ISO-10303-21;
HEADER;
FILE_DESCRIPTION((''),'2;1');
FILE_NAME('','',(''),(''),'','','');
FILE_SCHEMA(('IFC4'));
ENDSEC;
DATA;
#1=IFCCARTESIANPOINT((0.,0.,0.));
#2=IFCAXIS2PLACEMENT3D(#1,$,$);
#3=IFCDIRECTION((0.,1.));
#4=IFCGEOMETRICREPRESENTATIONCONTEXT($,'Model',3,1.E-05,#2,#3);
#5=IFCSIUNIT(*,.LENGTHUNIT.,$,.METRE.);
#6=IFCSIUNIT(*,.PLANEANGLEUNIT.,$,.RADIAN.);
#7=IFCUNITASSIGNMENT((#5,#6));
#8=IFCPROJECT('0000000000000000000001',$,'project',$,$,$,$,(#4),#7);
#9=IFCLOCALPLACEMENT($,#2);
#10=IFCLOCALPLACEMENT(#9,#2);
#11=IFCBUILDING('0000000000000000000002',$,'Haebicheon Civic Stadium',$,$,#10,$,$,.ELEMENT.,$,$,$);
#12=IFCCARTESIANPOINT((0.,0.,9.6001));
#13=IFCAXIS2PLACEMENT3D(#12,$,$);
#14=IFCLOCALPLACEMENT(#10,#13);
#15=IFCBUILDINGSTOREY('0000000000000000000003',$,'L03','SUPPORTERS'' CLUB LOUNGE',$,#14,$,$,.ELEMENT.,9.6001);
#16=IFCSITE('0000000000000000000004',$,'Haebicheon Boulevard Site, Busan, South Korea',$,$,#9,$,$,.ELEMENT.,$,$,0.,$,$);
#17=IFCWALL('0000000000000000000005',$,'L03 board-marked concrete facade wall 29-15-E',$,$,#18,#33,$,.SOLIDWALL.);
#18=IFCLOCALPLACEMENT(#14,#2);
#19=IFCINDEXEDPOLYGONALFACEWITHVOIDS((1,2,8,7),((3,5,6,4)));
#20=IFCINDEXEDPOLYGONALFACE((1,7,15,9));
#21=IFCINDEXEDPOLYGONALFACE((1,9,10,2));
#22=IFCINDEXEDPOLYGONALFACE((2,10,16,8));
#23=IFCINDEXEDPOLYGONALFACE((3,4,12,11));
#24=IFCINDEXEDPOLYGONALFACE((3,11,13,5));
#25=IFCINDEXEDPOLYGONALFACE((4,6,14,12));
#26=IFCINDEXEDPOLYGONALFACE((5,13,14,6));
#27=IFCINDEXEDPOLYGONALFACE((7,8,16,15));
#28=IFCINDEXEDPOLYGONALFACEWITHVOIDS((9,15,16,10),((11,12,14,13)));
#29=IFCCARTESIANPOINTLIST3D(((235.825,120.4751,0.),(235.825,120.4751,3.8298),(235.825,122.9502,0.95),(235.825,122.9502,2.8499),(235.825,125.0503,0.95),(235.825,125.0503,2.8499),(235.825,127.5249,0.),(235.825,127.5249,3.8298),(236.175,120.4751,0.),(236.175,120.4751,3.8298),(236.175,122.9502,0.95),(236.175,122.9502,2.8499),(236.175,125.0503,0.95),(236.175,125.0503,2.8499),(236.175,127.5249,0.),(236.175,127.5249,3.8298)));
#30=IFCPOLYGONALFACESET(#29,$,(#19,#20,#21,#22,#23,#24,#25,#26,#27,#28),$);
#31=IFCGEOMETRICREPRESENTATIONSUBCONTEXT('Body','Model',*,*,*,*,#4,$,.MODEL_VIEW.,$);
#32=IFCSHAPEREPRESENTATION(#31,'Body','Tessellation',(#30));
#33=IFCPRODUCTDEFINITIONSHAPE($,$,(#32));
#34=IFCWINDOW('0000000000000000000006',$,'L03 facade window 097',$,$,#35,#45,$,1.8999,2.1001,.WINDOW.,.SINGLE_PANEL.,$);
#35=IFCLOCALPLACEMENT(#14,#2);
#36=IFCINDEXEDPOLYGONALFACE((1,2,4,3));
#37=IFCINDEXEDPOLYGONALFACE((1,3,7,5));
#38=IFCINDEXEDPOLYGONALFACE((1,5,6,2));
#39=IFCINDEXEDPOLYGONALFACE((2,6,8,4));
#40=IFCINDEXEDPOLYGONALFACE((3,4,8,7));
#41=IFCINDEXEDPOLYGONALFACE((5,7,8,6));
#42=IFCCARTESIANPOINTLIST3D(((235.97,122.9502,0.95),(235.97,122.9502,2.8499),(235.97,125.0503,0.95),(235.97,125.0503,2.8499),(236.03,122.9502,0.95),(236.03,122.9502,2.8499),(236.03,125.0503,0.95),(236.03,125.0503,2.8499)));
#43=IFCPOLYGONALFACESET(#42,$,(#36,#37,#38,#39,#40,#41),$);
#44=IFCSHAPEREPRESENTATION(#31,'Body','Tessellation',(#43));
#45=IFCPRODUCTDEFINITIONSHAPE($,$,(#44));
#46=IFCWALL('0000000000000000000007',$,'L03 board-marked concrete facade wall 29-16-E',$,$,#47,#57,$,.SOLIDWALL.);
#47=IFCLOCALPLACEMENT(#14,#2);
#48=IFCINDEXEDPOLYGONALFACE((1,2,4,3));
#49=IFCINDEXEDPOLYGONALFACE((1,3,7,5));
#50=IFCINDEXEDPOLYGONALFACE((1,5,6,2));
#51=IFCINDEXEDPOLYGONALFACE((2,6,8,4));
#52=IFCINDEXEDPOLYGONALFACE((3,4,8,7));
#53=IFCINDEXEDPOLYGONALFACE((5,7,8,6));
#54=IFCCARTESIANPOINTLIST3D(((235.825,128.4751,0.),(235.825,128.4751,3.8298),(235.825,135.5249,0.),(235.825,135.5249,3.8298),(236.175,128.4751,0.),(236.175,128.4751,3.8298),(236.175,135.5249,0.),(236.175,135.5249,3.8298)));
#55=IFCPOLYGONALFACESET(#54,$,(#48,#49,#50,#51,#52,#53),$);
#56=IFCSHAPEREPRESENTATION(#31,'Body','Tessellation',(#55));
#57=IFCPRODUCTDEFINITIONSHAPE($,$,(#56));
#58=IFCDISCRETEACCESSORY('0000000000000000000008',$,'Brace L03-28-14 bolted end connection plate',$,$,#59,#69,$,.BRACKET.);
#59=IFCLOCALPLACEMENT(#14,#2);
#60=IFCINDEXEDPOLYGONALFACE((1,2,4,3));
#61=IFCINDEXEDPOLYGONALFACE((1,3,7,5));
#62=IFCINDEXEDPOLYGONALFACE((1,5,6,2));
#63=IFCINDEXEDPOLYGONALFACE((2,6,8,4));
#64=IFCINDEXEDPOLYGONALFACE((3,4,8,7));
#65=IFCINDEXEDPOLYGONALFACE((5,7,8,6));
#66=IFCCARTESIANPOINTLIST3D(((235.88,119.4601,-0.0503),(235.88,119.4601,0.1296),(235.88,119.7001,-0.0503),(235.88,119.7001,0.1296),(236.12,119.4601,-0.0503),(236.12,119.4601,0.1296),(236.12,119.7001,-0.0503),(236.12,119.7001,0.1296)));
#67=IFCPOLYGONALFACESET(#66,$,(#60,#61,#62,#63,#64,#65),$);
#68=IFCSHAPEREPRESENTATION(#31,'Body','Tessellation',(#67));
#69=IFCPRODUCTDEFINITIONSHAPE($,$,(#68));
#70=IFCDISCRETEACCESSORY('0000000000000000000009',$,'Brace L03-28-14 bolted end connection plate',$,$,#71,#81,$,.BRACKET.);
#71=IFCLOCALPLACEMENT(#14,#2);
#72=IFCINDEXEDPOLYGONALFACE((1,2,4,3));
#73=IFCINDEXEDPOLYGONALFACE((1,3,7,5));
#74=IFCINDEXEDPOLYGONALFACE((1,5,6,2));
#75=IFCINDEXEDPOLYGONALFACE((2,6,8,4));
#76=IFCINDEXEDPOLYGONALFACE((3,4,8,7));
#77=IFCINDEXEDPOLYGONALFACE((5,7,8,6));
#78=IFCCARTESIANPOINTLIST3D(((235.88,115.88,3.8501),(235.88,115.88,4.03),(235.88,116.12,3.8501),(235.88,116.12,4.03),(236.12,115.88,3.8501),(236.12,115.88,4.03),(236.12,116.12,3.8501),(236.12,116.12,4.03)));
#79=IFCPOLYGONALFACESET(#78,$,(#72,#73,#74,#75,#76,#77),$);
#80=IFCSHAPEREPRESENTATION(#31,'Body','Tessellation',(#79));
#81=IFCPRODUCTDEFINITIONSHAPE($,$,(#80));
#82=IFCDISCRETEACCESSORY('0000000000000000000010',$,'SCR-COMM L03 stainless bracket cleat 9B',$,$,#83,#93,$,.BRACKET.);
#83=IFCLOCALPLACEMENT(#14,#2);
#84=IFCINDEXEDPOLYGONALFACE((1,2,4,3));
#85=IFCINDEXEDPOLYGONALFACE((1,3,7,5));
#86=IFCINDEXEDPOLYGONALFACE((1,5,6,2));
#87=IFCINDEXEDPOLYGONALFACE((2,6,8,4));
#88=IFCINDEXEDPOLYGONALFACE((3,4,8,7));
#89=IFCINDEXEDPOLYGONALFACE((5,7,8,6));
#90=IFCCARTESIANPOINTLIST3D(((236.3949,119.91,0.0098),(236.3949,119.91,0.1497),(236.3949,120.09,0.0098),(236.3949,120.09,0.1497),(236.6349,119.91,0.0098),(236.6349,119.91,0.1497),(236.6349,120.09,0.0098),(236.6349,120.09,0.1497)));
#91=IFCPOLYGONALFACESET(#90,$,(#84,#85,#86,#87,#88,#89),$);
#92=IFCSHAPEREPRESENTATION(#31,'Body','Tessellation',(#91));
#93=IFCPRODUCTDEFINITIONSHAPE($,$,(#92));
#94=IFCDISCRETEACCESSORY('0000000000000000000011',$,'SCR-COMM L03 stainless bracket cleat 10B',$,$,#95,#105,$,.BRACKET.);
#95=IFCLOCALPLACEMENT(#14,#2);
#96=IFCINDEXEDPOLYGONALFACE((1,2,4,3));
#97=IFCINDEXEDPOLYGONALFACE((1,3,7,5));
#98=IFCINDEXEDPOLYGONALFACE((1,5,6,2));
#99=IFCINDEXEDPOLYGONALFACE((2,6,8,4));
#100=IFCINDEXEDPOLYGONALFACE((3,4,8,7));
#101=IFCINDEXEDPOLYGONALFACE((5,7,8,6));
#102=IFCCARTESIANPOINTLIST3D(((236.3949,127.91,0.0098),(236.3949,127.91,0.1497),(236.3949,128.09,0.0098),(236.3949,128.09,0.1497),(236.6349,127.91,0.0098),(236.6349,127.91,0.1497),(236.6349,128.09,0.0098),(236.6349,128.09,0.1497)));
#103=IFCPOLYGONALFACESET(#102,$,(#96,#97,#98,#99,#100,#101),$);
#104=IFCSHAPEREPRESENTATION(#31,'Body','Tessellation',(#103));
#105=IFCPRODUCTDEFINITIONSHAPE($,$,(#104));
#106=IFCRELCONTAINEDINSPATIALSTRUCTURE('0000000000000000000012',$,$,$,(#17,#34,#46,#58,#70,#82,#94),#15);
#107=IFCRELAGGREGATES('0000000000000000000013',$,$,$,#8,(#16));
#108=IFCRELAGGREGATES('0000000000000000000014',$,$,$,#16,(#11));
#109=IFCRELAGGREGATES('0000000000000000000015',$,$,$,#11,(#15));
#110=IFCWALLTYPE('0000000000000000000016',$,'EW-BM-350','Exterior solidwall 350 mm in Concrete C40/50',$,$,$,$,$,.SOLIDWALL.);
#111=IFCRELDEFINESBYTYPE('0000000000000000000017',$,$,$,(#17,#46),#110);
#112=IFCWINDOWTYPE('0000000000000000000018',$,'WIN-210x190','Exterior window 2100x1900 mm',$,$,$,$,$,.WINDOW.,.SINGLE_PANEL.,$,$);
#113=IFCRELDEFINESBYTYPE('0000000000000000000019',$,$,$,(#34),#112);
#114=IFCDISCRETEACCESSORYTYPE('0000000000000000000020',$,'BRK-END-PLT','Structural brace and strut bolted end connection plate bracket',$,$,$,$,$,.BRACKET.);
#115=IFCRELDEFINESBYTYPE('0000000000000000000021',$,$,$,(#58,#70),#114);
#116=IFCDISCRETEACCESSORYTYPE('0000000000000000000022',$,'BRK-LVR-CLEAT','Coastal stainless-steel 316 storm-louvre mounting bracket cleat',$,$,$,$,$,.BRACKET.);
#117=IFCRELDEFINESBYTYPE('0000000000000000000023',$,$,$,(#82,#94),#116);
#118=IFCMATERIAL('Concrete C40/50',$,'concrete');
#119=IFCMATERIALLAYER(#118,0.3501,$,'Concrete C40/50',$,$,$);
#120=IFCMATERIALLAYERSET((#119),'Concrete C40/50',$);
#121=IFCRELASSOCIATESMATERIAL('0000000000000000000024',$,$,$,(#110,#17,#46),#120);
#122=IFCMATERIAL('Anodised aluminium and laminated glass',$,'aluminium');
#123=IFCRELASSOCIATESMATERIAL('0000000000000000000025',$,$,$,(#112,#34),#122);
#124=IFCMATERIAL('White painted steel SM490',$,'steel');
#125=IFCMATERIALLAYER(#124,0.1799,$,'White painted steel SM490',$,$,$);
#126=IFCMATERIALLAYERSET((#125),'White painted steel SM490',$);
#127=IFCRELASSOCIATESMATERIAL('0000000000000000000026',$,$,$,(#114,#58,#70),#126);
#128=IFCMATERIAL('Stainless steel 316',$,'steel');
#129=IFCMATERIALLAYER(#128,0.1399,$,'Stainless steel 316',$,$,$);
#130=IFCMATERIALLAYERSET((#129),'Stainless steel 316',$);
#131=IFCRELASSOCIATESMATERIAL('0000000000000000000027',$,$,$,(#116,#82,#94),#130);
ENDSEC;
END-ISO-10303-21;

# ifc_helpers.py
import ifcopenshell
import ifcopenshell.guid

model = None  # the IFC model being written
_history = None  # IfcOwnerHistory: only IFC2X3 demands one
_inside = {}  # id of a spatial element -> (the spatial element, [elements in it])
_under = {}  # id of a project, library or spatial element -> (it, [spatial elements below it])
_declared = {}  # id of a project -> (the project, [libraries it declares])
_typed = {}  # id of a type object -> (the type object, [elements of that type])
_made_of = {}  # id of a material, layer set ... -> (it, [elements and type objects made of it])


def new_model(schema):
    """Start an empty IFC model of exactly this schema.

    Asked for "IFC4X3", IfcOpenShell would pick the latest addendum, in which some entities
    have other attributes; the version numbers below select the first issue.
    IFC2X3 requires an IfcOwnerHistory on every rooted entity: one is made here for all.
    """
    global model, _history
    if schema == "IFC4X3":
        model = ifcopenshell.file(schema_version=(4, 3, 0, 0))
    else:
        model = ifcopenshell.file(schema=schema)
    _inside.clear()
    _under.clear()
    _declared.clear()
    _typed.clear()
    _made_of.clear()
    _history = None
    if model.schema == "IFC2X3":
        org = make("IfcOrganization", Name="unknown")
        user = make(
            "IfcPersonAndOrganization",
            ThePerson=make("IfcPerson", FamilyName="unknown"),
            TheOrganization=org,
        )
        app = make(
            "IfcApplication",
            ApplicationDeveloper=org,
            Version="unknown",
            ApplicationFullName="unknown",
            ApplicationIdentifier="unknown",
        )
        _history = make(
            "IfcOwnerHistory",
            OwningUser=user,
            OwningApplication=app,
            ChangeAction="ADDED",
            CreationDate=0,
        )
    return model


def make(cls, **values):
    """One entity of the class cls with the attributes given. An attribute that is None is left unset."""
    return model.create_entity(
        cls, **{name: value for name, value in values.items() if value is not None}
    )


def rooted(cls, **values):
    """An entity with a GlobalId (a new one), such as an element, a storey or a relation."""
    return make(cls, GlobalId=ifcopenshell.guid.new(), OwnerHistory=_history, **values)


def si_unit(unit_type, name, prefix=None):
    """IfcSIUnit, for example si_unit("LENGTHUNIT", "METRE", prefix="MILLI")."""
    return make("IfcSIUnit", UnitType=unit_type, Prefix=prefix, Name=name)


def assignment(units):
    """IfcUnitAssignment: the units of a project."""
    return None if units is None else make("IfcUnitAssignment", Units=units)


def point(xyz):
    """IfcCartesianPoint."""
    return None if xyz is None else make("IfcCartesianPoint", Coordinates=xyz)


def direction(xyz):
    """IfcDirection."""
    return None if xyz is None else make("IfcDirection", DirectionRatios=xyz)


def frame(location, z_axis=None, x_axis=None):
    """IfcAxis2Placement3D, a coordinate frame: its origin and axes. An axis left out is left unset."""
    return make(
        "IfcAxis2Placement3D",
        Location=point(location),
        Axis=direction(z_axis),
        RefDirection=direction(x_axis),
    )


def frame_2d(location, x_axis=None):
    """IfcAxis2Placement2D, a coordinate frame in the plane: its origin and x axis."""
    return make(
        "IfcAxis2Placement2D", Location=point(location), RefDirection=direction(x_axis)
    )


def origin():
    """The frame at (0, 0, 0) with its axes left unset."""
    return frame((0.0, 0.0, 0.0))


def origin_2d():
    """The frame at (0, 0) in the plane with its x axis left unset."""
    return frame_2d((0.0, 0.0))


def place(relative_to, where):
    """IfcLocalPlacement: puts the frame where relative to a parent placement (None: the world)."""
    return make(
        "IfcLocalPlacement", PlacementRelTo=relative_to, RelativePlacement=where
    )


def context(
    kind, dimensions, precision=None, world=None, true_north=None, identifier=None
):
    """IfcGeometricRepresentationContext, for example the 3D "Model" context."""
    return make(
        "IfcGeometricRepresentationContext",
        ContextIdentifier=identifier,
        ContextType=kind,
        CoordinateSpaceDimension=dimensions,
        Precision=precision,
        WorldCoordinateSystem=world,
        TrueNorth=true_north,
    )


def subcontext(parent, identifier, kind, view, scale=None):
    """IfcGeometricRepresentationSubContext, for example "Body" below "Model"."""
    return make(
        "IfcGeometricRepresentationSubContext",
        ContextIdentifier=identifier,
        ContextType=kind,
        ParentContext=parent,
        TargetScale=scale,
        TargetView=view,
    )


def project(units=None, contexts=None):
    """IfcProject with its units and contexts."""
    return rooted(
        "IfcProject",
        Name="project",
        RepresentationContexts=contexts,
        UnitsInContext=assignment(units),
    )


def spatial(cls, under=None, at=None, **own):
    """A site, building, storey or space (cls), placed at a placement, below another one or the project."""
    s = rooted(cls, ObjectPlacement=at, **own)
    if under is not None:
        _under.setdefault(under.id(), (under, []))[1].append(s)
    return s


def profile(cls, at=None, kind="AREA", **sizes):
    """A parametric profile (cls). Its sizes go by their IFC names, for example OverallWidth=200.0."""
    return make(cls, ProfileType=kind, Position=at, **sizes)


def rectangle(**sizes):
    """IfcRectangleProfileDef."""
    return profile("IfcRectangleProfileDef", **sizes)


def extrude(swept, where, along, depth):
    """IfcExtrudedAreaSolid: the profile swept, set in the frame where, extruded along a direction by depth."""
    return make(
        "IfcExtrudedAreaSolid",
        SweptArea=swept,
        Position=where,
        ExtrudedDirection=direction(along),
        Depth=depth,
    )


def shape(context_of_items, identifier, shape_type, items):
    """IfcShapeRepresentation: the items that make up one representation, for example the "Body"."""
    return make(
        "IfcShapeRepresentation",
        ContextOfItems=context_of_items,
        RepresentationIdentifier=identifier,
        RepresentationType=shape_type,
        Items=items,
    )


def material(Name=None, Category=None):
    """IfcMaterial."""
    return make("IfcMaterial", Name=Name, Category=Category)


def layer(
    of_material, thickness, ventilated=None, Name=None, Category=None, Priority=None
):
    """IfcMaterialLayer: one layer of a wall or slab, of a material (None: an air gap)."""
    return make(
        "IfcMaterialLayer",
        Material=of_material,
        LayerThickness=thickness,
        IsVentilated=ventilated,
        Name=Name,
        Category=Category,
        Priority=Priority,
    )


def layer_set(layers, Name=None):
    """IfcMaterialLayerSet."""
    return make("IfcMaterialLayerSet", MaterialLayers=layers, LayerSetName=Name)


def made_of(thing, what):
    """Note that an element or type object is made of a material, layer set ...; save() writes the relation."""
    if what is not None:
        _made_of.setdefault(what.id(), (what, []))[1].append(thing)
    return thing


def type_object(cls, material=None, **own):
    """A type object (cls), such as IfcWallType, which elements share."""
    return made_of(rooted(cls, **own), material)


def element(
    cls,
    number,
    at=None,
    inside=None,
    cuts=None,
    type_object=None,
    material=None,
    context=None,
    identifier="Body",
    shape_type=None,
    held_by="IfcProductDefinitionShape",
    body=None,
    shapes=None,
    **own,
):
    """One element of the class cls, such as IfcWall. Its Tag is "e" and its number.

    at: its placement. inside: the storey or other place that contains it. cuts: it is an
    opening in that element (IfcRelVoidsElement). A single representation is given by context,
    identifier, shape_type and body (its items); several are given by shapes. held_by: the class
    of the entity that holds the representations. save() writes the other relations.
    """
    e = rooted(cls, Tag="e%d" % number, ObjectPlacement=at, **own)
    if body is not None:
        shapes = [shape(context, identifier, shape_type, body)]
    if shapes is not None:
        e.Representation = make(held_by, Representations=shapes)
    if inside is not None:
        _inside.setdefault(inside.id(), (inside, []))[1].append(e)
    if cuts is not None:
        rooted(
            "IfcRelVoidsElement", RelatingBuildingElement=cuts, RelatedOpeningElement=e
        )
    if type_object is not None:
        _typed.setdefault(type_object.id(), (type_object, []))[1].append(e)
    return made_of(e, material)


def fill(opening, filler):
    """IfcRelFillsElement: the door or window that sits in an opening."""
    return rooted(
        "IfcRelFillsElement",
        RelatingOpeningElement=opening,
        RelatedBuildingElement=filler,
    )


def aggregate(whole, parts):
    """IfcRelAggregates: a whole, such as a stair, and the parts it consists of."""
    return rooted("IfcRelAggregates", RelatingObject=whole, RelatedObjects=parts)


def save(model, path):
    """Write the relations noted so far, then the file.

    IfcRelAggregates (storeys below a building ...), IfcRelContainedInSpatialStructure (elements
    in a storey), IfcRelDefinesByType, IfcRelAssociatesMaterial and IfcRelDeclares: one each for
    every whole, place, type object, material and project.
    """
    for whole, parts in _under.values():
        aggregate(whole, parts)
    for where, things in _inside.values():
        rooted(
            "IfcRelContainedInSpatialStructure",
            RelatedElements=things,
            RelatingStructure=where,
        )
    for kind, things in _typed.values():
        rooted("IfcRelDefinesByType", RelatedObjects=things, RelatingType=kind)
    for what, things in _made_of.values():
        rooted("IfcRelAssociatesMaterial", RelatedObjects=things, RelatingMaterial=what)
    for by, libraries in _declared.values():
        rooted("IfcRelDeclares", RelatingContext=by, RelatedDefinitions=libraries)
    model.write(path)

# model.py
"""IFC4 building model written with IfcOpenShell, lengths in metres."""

from ifc_helpers import new_model, si_unit, direction, frame, frame_2d, origin, origin_2d, place, context, subcontext, project, spatial, rectangle, extrude, material, layer, layer_set, type_object, element, fill, save


model = new_model("IFC4")

# Units and contexts
model_context = context("Model", 3, precision=1e-05, world=origin(), true_north=direction((0.0, 1.0)))
body_context = subcontext(model_context, "Body", "Model", "MODEL_VIEW")
ifc_project = project(units=[si_unit("LENGTHUNIT", "METRE"), si_unit("PLANEANGLEUNIT", "RADIAN")], contexts=[model_context])

# Site, building, storey
site_placement = place(None, origin())
site = spatial("IfcSite", under=ifc_project, at=site_placement, Name="Haebicheon Boulevard Site, Busan, South Korea", CompositionType="ELEMENT", RefElevation=0.0)
building_placement = place(site_placement, origin())
building = spatial("IfcBuilding", under=site, at=building_placement, Name="Haebicheon Civic Stadium", CompositionType="ELEMENT")
storey_placement = place(building_placement, frame((0.0, 0.0, 9.6001)))
storey = spatial("IfcBuildingStorey", under=building, at=storey_placement, Name="L03", Description="SUPPORTERS' CLUB LOUNGE", CompositionType="ELEMENT", Elevation=9.6001)

# Wall, opening, window
ifc_material_1 = material(Name="Concrete C40/50", Category="concrete")
ifc_layer_1 = layer(ifc_material_1, 0.3501, Name="Concrete C40/50")
ifc_layer_set_1 = layer_set([ifc_layer_1], Name="Concrete C40/50")
wall_type = type_object("IfcWallType", Name="EW-BM-350", Description="Exterior solidwall 350 mm in Concrete C40/50", PredefinedType="SOLIDWALL", material=ifc_layer_set_1)
wall_1_placement = place(storey_placement, frame((236.0, 120.4751, 0.0), z_axis=(0.0, 0.0, 1.0), x_axis=(0.0, 1.0, 0.0)))
wall_1 = element("IfcWall", 1, at=wall_1_placement, inside=storey, type_object=wall_type, material=ifc_layer_set_1, Name="L03 board-marked concrete facade wall 29-15-E", PredefinedType="SOLIDWALL", context=body_context, shape_type="SweptSolid", body=[
    extrude(rectangle(XDim=7.0498, YDim=0.3501, at=frame_2d((3.5249, 0.0))), origin(), (0.0, 0.0, 1.0), 3.8298),
])
opening_placement = place(wall_1_placement, frame((2.4751, 0.0, 0.95)))
opening = element("IfcOpeningElement", 2, at=opening_placement, cuts=wall_1, PredefinedType="OPENING", context=body_context, shape_type="SweptSolid", body=[
    extrude(rectangle(XDim=2.1001, YDim=1.8999, at=frame_2d((1.05, 0.95))), frame((0.0, 0.1851, 0.0), z_axis=(0.0, -1.0, 0.0), x_axis=(1.0, 0.0, 0.0)), (0.0, 0.0, 1.0), 0.3701),
])
ifc_material_2 = material(Name="Anodised aluminium and laminated glass", Category="aluminium")
window_type = type_object("IfcWindowType", Name="WIN-210x190", Description="Exterior window 2100x1900 mm", PartitioningType="SINGLE_PANEL", PredefinedType="WINDOW", material=ifc_material_2)
window_placement = place(opening_placement, origin())
window = element("IfcWindow", 3, at=window_placement, inside=storey, type_object=window_type, material=ifc_material_2, Name="L03 facade window 097", OverallHeight=1.8999, OverallWidth=2.1001, PartitioningType="SINGLE_PANEL", PredefinedType="WINDOW", context=body_context, shape_type="SweptSolid", body=[
    extrude(rectangle(XDim=2.1001, YDim=1.8999, at=frame_2d((1.05, 0.95))), frame((0.0, 0.03, 0.0), z_axis=(0.0, -1.0, 0.0), x_axis=(1.0, 0.0, 0.0)), (0.0, 0.0, 1.0), 0.0601),
])
fill(opening, window)

# Wall
wall_2_placement = place(storey_placement, frame((236.0, 128.4751, 0.0), z_axis=(0.0, 0.0, 1.0), x_axis=(0.0, 1.0, 0.0)))
element("IfcWall", 4, at=wall_2_placement, inside=storey, type_object=wall_type, material=ifc_layer_set_1, Name="L03 board-marked concrete facade wall 29-16-E", PredefinedType="SOLIDWALL", context=body_context, shape_type="SweptSolid", body=[
    extrude(rectangle(XDim=7.0498, YDim=0.3501, at=frame_2d((3.5249, 0.0))), origin(), (0.0, 0.0, 1.0), 3.8298),
])

# Discrete accessories
ifc_material_3 = material(Name="White painted steel SM490", Category="steel")
ifc_layer_2 = layer(ifc_material_3, 0.1799, Name="White painted steel SM490")
ifc_layer_set_2 = layer_set([ifc_layer_2], Name="White painted steel SM490")
discrete_accessory_type_1 = type_object("IfcDiscreteAccessoryType", Name="BRK-END-PLT", Description="Structural brace and strut bolted end connection plate bracket", PredefinedType="BRACKET", material=ifc_layer_set_2)
for number, where, z_axis, x_axis, name in (
    (5, (236.0, 119.5801, -0.0503), (0.0, 0.0, 1.0), (1.0, 0.0, 0.0), "Brace L03-28-14 bolted end connection plate"),
    (6, (236.0, 116.0, 3.8501), (0.0, 0.0, 1.0), (1.0, 0.0, 0.0), "Brace L03-28-14 bolted end connection plate"),
):
    element("IfcDiscreteAccessory", number, at=place(storey_placement, frame(where, z_axis=z_axis, x_axis=x_axis)), inside=storey, type_object=discrete_accessory_type_1, material=ifc_layer_set_2, Name=name, PredefinedType="BRACKET", context=body_context, shape_type="SweptSolid", body=[
        extrude(rectangle(XDim=0.24, YDim=0.24, at=origin_2d()), origin(), (0.0, 0.0, 1.0), 0.1799),
    ])
ifc_material_4 = material(Name="Stainless steel 316", Category="steel")
ifc_layer_3 = layer(ifc_material_4, 0.1399, Name="Stainless steel 316")
ifc_layer_set_3 = layer_set([ifc_layer_3], Name="Stainless steel 316")
discrete_accessory_type_2 = type_object("IfcDiscreteAccessoryType", Name="BRK-LVR-CLEAT", Description="Coastal stainless-steel 316 storm-louvre mounting bracket cleat", PredefinedType="BRACKET", material=ifc_layer_set_3)
for number, where, z_axis, x_axis, name in (
    (7, (236.5149, 120.0, 0.0098), (0.0, 0.0, 1.0), (1.0, 0.0, 0.0), "SCR-COMM L03 stainless bracket cleat 9B"),
    (8, (236.5149, 128.0, 0.0098), (0.0, 0.0, 1.0), (1.0, 0.0, 0.0), "SCR-COMM L03 stainless bracket cleat 10B"),
):
    element("IfcDiscreteAccessory", number, at=place(storey_placement, frame(where, z_axis=z_axis, x_axis=x_axis)), inside=storey, type_object=discrete_accessory_type_2, material=ifc_layer_set_3, Name=name, PredefinedType="BRACKET", context=body_context, shape_type="SweptSolid", body=[
        extrude(rectangle(XDim=0.24, YDim=0.1799, at=origin_2d()), origin(), (0.0, 0.0, 1.0), 0.1399),
    ])

save(model, "model.ifc")
